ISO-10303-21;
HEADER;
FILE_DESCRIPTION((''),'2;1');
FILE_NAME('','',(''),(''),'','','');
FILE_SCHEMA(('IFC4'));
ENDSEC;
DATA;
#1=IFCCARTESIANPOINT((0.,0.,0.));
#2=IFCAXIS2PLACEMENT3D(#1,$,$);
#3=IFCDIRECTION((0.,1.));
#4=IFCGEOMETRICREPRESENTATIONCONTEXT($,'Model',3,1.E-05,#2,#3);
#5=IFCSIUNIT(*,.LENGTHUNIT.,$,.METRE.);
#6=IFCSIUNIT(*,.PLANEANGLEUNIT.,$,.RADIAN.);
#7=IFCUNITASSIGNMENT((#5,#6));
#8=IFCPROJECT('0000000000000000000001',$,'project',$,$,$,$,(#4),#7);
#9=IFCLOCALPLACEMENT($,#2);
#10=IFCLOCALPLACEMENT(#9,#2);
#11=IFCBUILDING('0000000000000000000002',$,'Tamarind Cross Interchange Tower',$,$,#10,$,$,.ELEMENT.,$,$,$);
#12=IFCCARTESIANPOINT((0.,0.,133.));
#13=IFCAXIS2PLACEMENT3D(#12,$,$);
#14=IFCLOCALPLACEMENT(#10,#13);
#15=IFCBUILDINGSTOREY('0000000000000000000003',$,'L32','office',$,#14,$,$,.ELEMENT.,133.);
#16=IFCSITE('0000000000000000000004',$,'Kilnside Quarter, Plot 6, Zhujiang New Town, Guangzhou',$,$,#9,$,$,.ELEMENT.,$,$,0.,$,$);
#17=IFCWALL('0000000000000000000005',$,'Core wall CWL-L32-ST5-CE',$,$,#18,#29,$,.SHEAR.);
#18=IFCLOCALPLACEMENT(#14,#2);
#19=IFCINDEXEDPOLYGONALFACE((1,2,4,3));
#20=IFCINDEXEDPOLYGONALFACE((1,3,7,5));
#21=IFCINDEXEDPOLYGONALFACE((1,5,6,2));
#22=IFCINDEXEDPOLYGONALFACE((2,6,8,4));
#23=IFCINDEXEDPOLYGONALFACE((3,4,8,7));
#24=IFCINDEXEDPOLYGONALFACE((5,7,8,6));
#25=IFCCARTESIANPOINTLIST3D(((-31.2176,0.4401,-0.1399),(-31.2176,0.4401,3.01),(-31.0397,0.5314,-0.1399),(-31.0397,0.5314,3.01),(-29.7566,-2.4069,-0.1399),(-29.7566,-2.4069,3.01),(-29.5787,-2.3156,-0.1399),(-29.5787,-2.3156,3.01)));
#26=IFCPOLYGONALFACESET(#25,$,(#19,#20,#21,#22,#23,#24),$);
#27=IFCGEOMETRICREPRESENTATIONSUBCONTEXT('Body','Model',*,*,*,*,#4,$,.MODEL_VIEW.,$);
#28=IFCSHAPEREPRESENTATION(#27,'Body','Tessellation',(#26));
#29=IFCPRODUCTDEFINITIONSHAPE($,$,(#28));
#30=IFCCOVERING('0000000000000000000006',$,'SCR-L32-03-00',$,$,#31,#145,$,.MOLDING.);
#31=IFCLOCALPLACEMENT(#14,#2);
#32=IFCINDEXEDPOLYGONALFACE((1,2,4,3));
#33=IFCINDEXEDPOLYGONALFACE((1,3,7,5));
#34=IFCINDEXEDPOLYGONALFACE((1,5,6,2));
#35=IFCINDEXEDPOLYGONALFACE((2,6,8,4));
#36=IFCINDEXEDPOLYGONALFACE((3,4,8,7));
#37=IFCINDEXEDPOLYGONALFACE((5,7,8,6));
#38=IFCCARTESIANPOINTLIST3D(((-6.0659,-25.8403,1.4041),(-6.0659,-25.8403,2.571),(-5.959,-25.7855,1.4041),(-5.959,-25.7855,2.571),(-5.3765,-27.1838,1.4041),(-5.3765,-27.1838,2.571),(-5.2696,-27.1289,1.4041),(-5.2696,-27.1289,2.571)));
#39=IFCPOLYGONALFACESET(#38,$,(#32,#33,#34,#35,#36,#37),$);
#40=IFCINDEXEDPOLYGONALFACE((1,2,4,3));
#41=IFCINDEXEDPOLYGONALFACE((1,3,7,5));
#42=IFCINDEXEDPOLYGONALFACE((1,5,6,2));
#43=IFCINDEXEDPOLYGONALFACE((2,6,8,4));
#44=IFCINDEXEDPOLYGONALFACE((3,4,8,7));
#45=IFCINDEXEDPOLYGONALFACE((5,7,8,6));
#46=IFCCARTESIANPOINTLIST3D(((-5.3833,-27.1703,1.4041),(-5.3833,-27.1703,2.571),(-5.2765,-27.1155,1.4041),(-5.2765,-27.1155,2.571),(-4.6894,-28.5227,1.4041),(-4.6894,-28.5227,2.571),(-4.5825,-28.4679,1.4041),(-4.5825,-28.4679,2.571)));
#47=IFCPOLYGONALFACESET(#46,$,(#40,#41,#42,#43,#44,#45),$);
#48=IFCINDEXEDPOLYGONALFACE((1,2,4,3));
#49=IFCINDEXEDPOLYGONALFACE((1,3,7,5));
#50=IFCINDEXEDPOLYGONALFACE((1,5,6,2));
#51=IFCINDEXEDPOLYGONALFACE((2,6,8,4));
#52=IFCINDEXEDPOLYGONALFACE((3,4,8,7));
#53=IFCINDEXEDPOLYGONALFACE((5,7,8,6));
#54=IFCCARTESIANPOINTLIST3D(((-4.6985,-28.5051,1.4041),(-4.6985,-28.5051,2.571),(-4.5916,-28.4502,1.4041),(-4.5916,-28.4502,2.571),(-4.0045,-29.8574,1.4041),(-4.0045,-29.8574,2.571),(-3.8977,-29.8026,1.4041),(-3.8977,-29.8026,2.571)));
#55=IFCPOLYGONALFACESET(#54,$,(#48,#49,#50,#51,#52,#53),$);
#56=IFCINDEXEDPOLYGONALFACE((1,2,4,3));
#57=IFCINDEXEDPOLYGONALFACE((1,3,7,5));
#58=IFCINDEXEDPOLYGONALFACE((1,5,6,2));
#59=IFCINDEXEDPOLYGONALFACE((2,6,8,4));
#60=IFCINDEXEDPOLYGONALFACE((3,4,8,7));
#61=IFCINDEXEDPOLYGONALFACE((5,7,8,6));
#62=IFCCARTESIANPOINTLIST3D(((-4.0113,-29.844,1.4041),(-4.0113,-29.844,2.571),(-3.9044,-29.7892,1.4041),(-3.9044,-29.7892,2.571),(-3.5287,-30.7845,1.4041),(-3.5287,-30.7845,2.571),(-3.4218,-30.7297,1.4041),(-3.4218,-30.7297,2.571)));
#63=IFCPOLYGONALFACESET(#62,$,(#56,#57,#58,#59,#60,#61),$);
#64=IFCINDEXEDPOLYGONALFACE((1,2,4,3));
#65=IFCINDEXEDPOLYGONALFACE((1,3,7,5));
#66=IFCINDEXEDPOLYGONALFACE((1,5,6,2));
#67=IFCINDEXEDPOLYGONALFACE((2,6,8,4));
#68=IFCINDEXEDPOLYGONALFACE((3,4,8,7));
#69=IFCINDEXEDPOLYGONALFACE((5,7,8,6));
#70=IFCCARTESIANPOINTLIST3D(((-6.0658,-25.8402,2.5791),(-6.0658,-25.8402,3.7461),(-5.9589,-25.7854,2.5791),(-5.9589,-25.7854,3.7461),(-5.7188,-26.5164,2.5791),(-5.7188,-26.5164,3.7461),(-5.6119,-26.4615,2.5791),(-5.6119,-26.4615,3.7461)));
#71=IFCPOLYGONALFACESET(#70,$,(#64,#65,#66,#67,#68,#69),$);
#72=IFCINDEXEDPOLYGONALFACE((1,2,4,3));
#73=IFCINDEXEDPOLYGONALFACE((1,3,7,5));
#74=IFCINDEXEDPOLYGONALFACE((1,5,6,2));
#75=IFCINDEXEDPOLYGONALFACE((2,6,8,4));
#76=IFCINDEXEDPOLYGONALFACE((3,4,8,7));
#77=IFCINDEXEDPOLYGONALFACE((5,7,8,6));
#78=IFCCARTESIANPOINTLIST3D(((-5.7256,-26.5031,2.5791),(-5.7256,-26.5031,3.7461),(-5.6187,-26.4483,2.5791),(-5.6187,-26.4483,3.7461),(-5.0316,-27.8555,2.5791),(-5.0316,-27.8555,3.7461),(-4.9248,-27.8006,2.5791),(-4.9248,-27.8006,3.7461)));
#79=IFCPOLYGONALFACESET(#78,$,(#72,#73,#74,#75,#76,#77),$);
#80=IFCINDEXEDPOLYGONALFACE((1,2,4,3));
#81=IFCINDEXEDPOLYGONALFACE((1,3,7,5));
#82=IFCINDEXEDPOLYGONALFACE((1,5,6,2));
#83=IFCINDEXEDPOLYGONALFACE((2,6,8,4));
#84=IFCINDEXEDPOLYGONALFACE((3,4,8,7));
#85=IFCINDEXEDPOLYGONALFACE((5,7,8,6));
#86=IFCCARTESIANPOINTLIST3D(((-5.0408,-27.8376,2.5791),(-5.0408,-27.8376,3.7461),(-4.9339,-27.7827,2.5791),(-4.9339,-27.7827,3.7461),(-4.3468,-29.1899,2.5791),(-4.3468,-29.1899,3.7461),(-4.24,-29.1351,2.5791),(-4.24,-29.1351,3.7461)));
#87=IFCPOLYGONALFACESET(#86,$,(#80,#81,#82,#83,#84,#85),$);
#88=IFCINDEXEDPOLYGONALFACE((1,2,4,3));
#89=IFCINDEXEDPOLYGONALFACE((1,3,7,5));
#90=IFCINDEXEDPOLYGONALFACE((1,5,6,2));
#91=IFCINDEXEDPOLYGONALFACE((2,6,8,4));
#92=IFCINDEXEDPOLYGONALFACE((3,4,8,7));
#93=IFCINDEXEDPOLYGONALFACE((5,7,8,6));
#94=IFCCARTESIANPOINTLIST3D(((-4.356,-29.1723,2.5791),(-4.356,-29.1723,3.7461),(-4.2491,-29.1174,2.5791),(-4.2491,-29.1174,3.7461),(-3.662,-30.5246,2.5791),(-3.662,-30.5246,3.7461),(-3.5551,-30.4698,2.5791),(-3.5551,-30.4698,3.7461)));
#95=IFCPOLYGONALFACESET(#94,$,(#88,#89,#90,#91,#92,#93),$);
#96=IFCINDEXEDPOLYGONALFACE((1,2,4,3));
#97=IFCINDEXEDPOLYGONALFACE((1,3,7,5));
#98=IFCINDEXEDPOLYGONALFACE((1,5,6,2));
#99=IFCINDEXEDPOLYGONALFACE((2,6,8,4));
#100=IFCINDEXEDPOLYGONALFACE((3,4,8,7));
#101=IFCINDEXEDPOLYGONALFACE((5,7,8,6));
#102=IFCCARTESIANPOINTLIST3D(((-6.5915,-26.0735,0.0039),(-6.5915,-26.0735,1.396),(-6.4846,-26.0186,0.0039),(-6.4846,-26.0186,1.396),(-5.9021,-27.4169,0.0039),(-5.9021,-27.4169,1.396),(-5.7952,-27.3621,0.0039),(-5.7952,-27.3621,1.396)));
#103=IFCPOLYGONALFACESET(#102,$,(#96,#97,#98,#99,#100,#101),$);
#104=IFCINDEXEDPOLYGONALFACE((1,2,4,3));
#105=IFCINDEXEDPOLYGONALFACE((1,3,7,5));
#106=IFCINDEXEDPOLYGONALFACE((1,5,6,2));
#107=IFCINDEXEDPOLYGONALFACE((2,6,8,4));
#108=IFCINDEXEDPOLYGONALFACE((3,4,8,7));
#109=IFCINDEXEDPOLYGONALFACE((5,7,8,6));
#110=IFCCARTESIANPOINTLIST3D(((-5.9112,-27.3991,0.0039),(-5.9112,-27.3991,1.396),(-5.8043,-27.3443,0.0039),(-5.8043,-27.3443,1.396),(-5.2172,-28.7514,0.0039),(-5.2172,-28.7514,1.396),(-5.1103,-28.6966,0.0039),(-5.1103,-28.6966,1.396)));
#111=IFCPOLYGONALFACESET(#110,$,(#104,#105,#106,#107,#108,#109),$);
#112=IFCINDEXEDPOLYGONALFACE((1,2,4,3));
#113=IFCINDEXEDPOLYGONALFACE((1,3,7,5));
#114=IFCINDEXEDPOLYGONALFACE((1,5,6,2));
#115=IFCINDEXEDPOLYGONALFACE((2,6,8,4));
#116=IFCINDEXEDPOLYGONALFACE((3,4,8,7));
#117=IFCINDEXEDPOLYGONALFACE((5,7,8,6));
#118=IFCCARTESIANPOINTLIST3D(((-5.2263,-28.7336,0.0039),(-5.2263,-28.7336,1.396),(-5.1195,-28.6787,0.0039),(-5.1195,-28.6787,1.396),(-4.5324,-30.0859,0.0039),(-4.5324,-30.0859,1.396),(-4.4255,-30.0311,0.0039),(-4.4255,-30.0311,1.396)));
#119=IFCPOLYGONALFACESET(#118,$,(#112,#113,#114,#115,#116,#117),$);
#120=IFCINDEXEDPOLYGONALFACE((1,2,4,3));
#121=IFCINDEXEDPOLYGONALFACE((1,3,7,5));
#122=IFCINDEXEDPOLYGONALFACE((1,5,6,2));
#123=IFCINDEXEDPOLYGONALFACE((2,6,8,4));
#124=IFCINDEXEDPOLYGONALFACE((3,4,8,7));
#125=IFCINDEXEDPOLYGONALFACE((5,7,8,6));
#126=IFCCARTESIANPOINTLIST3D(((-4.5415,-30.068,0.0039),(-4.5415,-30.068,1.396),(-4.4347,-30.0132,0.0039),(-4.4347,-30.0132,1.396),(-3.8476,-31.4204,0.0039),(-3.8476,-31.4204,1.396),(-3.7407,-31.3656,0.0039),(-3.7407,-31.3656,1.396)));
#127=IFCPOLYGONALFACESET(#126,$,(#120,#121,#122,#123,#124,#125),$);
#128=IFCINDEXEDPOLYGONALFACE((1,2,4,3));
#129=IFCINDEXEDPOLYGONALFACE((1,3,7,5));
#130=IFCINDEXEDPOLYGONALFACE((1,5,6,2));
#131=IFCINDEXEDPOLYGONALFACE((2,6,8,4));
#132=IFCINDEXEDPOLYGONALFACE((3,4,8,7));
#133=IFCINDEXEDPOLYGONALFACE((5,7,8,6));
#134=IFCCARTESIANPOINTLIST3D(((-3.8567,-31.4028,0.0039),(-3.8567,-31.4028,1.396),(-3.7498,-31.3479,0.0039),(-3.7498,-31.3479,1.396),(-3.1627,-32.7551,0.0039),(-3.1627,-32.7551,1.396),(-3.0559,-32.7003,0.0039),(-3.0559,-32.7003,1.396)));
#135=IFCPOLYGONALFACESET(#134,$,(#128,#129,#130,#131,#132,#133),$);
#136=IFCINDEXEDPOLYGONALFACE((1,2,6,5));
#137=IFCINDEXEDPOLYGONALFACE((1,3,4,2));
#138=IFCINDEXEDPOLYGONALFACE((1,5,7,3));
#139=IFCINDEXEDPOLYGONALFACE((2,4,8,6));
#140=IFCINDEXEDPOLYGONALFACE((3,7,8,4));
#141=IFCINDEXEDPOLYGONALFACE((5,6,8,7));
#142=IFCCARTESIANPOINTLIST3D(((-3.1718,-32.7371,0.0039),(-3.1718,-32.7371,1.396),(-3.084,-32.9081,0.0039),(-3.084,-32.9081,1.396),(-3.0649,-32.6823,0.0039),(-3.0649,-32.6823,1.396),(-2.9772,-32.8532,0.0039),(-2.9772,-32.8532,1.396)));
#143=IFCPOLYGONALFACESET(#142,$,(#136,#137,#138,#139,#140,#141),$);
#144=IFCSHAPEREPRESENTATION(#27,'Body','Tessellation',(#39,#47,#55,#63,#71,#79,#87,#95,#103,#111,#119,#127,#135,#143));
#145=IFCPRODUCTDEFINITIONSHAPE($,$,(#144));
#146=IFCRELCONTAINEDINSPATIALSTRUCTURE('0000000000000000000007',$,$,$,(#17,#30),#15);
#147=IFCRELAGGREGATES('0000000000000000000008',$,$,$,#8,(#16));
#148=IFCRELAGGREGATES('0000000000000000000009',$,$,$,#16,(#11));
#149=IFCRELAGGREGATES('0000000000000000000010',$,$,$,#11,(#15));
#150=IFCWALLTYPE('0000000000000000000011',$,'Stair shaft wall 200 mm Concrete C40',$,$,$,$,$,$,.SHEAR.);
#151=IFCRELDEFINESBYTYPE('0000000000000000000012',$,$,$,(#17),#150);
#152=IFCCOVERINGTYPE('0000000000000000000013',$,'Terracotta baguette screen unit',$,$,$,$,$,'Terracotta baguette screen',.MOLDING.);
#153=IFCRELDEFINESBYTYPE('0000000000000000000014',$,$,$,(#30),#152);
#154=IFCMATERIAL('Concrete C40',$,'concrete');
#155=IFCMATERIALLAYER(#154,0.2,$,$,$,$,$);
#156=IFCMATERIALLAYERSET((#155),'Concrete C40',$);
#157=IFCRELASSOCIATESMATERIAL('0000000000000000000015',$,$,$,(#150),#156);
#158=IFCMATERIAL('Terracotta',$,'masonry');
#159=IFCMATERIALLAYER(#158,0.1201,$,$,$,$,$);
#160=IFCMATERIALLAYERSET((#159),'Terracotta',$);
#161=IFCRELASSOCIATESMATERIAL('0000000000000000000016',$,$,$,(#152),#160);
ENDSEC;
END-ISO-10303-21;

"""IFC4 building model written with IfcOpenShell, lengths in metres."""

from ifc_helpers import new_model, si_unit, direction, frame, frame_2d, origin, origin_2d, place, context, subcontext, project, spatial, rectangle, extrude, material, layer, layer_set, type_object, element, save


model = new_model("IFC4")

# Units and contexts
model_context = context("Model", 3, precision=1e-05, world=origin(), true_north=direction((0.0, 1.0)))
body_context = subcontext(model_context, "Body", "Model", "MODEL_VIEW")
ifc_project = project(units=[si_unit("LENGTHUNIT", "METRE"), si_unit("PLANEANGLEUNIT", "RADIAN")], contexts=[model_context])

# Site, building, storey
site_placement = place(None, origin())
site = spatial("IfcSite", under=ifc_project, at=site_placement, Name="Kilnside Quarter, Plot 6, Zhujiang New Town, Guangzhou", CompositionType="ELEMENT", RefElevation=0.0)
building_placement = place(site_placement, origin())
building = spatial("IfcBuilding", under=site, at=building_placement, Name="Tamarind Cross Interchange Tower", CompositionType="ELEMENT")
storey_placement = place(building_placement, frame((0.0, 0.0, 133.0)))
storey = spatial("IfcBuildingStorey", under=building, at=storey_placement, Name="L32", Description="office", CompositionType="ELEMENT", Elevation=133.0)

# Wall
ifc_material_1 = material(Name="Concrete C40", Category="concrete")
ifc_layer_1 = layer(ifc_material_1, 0.2)
ifc_layer_set_1 = layer_set([ifc_layer_1], Name="Concrete C40")
wall_type_1 = type_object("IfcWallType", Name="Stair shaft wall 200 mm Concrete C40", PredefinedType="SHEAR", material=ifc_layer_set_1)
wall_1_placement = place(storey_placement, frame((-31.1287, 0.4858, -0.1399), z_axis=(0.0, 0.0, 1.0), x_axis=(0.456558, -0.889694, 0.0)))
element("IfcWall", 1, at=wall_1_placement, inside=storey, type_object=wall_type_1, Name="Core wall CWL-L32-ST5-CE", PredefinedType="SHEAR", context=body_context, shape_type="SweptSolid", body=[
    extrude(rectangle(XDim=3.2, YDim=0.2, at=frame_2d((1.6001, 0.0))), origin(), (0.0, 0.0, 1.0), 3.1499),
])

# Covering
ifc_material_2 = material(Name="Terracotta", Category="masonry")
ifc_layer_2 = layer(ifc_material_2, 0.1201)
ifc_layer_set_2 = layer_set([ifc_layer_2], Name="Terracotta")
covering_type = type_object("IfcCoveringType", Name="Terracotta baguette screen unit", ElementType="Terracotta baguette screen", PredefinedType="MOLDING", material=ifc_layer_set_2)
covering_placement = place(storey_placement, origin())
element("IfcCovering", 2, at=covering_placement, inside=storey, type_object=covering_type, Name="SCR-L32-03-00", PredefinedType="MOLDING", context=body_context, shape_type="SweptSolid", body=[
    extrude(rectangle(XDim=1.51, YDim=0.1201, at=origin_2d()), frame((-5.6677, -26.4846, 1.4041), z_axis=(0.0, 0.0, 1.0), x_axis=(0.456551, -0.889697, 0.0)), (0.0, 0.0, 1.0), 1.167),
    extrude(rectangle(XDim=1.52, YDim=0.1201, at=origin_2d()), frame((-4.9829, -27.8191, 1.4041), z_axis=(0.0, 0.0, 1.0), x_axis=(0.456551, -0.889697, 0.0)), (0.0, 0.0, 1.0), 1.167),
    extrude(rectangle(XDim=1.52, YDim=0.1201, at=origin_2d()), frame((-4.2981, -29.1538, 1.4041), z_axis=(0.0, 0.0, 1.0), x_axis=(0.456551, -0.889697, 0.0)), (0.0, 0.0, 1.0), 1.167),
    extrude(rectangle(XDim=1.0571, YDim=0.1201, at=origin_2d()), frame((-3.7166, -30.2869, 1.4041), z_axis=(0.0, 0.0, 1.0), x_axis=(0.456551, -0.889697, 0.0)), (0.0, 0.0, 1.0), 1.167),
    extrude(rectangle(XDim=0.76, YDim=0.1201, at=origin_2d()), frame((-5.8389, -26.1509, 2.5791), z_axis=(0.0, 0.0, 1.0), x_axis=(0.456551, -0.889697, 0.0)), (0.0, 0.0, 1.0), 1.167),
    extrude(rectangle(XDim=1.52, YDim=0.1201, at=origin_2d()), frame((-5.3252, -27.1519, 2.5791), z_axis=(0.0, 0.0, 1.0), x_axis=(0.456551, -0.889697, 0.0)), (0.0, 0.0, 1.0), 1.167),
    extrude(rectangle(XDim=1.52, YDim=0.1201, at=origin_2d()), frame((-4.6404, -28.4863, 2.5791), z_axis=(0.0, 0.0, 1.0), x_axis=(0.456551, -0.889697, 0.0)), (0.0, 0.0, 1.0), 1.167),
    extrude(rectangle(XDim=1.52, YDim=0.1201, at=origin_2d()), frame((-3.9556, -29.821, 2.5791), z_axis=(0.0, 0.0, 1.0), x_axis=(0.456551, -0.889697, 0.0)), (0.0, 0.0, 1.0), 1.167),
    extrude(rectangle(XDim=1.51, YDim=0.1201, at=origin_2d()), frame((-6.1934, -26.7178, 0.0039), z_axis=(0.0, 0.0, 1.0), x_axis=(0.456551, -0.889697, 0.0)), (0.0, 0.0, 1.0), 1.3921),
    extrude(rectangle(XDim=1.52, YDim=0.1201, at=origin_2d()), frame((-5.5107, -28.0479, 0.0039), z_axis=(0.0, 0.0, 1.0), x_axis=(0.456551, -0.889697, 0.0)), (0.0, 0.0, 1.0), 1.3921),
    extrude(rectangle(XDim=1.52, YDim=0.1201, at=origin_2d()), frame((-4.8259, -29.3823, 0.0039), z_axis=(0.0, 0.0, 1.0), x_axis=(0.456551, -0.889697, 0.0)), (0.0, 0.0, 1.0), 1.3921),
    extrude(rectangle(XDim=1.52, YDim=0.1201, at=origin_2d()), frame((-4.1411, -30.7168, 0.0039), z_axis=(0.0, 0.0, 1.0), x_axis=(0.456551, -0.889697, 0.0)), (0.0, 0.0, 1.0), 1.3921),
    extrude(rectangle(XDim=1.52, YDim=0.1201, at=origin_2d()), frame((-3.4563, -32.0515, 0.0039), z_axis=(0.0, 0.0, 1.0), x_axis=(0.456551, -0.889697, 0.0)), (0.0, 0.0, 1.0), 1.3921),
    extrude(rectangle(XDim=0.1921, YDim=0.1201, at=origin_2d()), frame((-3.0745, -32.7952, 0.0039), z_axis=(0.0, 0.0, 1.0), x_axis=(0.456551, -0.889697, 0.0)), (0.0, 0.0, 1.0), 1.3921),
])

save(model, "model.ifc")
